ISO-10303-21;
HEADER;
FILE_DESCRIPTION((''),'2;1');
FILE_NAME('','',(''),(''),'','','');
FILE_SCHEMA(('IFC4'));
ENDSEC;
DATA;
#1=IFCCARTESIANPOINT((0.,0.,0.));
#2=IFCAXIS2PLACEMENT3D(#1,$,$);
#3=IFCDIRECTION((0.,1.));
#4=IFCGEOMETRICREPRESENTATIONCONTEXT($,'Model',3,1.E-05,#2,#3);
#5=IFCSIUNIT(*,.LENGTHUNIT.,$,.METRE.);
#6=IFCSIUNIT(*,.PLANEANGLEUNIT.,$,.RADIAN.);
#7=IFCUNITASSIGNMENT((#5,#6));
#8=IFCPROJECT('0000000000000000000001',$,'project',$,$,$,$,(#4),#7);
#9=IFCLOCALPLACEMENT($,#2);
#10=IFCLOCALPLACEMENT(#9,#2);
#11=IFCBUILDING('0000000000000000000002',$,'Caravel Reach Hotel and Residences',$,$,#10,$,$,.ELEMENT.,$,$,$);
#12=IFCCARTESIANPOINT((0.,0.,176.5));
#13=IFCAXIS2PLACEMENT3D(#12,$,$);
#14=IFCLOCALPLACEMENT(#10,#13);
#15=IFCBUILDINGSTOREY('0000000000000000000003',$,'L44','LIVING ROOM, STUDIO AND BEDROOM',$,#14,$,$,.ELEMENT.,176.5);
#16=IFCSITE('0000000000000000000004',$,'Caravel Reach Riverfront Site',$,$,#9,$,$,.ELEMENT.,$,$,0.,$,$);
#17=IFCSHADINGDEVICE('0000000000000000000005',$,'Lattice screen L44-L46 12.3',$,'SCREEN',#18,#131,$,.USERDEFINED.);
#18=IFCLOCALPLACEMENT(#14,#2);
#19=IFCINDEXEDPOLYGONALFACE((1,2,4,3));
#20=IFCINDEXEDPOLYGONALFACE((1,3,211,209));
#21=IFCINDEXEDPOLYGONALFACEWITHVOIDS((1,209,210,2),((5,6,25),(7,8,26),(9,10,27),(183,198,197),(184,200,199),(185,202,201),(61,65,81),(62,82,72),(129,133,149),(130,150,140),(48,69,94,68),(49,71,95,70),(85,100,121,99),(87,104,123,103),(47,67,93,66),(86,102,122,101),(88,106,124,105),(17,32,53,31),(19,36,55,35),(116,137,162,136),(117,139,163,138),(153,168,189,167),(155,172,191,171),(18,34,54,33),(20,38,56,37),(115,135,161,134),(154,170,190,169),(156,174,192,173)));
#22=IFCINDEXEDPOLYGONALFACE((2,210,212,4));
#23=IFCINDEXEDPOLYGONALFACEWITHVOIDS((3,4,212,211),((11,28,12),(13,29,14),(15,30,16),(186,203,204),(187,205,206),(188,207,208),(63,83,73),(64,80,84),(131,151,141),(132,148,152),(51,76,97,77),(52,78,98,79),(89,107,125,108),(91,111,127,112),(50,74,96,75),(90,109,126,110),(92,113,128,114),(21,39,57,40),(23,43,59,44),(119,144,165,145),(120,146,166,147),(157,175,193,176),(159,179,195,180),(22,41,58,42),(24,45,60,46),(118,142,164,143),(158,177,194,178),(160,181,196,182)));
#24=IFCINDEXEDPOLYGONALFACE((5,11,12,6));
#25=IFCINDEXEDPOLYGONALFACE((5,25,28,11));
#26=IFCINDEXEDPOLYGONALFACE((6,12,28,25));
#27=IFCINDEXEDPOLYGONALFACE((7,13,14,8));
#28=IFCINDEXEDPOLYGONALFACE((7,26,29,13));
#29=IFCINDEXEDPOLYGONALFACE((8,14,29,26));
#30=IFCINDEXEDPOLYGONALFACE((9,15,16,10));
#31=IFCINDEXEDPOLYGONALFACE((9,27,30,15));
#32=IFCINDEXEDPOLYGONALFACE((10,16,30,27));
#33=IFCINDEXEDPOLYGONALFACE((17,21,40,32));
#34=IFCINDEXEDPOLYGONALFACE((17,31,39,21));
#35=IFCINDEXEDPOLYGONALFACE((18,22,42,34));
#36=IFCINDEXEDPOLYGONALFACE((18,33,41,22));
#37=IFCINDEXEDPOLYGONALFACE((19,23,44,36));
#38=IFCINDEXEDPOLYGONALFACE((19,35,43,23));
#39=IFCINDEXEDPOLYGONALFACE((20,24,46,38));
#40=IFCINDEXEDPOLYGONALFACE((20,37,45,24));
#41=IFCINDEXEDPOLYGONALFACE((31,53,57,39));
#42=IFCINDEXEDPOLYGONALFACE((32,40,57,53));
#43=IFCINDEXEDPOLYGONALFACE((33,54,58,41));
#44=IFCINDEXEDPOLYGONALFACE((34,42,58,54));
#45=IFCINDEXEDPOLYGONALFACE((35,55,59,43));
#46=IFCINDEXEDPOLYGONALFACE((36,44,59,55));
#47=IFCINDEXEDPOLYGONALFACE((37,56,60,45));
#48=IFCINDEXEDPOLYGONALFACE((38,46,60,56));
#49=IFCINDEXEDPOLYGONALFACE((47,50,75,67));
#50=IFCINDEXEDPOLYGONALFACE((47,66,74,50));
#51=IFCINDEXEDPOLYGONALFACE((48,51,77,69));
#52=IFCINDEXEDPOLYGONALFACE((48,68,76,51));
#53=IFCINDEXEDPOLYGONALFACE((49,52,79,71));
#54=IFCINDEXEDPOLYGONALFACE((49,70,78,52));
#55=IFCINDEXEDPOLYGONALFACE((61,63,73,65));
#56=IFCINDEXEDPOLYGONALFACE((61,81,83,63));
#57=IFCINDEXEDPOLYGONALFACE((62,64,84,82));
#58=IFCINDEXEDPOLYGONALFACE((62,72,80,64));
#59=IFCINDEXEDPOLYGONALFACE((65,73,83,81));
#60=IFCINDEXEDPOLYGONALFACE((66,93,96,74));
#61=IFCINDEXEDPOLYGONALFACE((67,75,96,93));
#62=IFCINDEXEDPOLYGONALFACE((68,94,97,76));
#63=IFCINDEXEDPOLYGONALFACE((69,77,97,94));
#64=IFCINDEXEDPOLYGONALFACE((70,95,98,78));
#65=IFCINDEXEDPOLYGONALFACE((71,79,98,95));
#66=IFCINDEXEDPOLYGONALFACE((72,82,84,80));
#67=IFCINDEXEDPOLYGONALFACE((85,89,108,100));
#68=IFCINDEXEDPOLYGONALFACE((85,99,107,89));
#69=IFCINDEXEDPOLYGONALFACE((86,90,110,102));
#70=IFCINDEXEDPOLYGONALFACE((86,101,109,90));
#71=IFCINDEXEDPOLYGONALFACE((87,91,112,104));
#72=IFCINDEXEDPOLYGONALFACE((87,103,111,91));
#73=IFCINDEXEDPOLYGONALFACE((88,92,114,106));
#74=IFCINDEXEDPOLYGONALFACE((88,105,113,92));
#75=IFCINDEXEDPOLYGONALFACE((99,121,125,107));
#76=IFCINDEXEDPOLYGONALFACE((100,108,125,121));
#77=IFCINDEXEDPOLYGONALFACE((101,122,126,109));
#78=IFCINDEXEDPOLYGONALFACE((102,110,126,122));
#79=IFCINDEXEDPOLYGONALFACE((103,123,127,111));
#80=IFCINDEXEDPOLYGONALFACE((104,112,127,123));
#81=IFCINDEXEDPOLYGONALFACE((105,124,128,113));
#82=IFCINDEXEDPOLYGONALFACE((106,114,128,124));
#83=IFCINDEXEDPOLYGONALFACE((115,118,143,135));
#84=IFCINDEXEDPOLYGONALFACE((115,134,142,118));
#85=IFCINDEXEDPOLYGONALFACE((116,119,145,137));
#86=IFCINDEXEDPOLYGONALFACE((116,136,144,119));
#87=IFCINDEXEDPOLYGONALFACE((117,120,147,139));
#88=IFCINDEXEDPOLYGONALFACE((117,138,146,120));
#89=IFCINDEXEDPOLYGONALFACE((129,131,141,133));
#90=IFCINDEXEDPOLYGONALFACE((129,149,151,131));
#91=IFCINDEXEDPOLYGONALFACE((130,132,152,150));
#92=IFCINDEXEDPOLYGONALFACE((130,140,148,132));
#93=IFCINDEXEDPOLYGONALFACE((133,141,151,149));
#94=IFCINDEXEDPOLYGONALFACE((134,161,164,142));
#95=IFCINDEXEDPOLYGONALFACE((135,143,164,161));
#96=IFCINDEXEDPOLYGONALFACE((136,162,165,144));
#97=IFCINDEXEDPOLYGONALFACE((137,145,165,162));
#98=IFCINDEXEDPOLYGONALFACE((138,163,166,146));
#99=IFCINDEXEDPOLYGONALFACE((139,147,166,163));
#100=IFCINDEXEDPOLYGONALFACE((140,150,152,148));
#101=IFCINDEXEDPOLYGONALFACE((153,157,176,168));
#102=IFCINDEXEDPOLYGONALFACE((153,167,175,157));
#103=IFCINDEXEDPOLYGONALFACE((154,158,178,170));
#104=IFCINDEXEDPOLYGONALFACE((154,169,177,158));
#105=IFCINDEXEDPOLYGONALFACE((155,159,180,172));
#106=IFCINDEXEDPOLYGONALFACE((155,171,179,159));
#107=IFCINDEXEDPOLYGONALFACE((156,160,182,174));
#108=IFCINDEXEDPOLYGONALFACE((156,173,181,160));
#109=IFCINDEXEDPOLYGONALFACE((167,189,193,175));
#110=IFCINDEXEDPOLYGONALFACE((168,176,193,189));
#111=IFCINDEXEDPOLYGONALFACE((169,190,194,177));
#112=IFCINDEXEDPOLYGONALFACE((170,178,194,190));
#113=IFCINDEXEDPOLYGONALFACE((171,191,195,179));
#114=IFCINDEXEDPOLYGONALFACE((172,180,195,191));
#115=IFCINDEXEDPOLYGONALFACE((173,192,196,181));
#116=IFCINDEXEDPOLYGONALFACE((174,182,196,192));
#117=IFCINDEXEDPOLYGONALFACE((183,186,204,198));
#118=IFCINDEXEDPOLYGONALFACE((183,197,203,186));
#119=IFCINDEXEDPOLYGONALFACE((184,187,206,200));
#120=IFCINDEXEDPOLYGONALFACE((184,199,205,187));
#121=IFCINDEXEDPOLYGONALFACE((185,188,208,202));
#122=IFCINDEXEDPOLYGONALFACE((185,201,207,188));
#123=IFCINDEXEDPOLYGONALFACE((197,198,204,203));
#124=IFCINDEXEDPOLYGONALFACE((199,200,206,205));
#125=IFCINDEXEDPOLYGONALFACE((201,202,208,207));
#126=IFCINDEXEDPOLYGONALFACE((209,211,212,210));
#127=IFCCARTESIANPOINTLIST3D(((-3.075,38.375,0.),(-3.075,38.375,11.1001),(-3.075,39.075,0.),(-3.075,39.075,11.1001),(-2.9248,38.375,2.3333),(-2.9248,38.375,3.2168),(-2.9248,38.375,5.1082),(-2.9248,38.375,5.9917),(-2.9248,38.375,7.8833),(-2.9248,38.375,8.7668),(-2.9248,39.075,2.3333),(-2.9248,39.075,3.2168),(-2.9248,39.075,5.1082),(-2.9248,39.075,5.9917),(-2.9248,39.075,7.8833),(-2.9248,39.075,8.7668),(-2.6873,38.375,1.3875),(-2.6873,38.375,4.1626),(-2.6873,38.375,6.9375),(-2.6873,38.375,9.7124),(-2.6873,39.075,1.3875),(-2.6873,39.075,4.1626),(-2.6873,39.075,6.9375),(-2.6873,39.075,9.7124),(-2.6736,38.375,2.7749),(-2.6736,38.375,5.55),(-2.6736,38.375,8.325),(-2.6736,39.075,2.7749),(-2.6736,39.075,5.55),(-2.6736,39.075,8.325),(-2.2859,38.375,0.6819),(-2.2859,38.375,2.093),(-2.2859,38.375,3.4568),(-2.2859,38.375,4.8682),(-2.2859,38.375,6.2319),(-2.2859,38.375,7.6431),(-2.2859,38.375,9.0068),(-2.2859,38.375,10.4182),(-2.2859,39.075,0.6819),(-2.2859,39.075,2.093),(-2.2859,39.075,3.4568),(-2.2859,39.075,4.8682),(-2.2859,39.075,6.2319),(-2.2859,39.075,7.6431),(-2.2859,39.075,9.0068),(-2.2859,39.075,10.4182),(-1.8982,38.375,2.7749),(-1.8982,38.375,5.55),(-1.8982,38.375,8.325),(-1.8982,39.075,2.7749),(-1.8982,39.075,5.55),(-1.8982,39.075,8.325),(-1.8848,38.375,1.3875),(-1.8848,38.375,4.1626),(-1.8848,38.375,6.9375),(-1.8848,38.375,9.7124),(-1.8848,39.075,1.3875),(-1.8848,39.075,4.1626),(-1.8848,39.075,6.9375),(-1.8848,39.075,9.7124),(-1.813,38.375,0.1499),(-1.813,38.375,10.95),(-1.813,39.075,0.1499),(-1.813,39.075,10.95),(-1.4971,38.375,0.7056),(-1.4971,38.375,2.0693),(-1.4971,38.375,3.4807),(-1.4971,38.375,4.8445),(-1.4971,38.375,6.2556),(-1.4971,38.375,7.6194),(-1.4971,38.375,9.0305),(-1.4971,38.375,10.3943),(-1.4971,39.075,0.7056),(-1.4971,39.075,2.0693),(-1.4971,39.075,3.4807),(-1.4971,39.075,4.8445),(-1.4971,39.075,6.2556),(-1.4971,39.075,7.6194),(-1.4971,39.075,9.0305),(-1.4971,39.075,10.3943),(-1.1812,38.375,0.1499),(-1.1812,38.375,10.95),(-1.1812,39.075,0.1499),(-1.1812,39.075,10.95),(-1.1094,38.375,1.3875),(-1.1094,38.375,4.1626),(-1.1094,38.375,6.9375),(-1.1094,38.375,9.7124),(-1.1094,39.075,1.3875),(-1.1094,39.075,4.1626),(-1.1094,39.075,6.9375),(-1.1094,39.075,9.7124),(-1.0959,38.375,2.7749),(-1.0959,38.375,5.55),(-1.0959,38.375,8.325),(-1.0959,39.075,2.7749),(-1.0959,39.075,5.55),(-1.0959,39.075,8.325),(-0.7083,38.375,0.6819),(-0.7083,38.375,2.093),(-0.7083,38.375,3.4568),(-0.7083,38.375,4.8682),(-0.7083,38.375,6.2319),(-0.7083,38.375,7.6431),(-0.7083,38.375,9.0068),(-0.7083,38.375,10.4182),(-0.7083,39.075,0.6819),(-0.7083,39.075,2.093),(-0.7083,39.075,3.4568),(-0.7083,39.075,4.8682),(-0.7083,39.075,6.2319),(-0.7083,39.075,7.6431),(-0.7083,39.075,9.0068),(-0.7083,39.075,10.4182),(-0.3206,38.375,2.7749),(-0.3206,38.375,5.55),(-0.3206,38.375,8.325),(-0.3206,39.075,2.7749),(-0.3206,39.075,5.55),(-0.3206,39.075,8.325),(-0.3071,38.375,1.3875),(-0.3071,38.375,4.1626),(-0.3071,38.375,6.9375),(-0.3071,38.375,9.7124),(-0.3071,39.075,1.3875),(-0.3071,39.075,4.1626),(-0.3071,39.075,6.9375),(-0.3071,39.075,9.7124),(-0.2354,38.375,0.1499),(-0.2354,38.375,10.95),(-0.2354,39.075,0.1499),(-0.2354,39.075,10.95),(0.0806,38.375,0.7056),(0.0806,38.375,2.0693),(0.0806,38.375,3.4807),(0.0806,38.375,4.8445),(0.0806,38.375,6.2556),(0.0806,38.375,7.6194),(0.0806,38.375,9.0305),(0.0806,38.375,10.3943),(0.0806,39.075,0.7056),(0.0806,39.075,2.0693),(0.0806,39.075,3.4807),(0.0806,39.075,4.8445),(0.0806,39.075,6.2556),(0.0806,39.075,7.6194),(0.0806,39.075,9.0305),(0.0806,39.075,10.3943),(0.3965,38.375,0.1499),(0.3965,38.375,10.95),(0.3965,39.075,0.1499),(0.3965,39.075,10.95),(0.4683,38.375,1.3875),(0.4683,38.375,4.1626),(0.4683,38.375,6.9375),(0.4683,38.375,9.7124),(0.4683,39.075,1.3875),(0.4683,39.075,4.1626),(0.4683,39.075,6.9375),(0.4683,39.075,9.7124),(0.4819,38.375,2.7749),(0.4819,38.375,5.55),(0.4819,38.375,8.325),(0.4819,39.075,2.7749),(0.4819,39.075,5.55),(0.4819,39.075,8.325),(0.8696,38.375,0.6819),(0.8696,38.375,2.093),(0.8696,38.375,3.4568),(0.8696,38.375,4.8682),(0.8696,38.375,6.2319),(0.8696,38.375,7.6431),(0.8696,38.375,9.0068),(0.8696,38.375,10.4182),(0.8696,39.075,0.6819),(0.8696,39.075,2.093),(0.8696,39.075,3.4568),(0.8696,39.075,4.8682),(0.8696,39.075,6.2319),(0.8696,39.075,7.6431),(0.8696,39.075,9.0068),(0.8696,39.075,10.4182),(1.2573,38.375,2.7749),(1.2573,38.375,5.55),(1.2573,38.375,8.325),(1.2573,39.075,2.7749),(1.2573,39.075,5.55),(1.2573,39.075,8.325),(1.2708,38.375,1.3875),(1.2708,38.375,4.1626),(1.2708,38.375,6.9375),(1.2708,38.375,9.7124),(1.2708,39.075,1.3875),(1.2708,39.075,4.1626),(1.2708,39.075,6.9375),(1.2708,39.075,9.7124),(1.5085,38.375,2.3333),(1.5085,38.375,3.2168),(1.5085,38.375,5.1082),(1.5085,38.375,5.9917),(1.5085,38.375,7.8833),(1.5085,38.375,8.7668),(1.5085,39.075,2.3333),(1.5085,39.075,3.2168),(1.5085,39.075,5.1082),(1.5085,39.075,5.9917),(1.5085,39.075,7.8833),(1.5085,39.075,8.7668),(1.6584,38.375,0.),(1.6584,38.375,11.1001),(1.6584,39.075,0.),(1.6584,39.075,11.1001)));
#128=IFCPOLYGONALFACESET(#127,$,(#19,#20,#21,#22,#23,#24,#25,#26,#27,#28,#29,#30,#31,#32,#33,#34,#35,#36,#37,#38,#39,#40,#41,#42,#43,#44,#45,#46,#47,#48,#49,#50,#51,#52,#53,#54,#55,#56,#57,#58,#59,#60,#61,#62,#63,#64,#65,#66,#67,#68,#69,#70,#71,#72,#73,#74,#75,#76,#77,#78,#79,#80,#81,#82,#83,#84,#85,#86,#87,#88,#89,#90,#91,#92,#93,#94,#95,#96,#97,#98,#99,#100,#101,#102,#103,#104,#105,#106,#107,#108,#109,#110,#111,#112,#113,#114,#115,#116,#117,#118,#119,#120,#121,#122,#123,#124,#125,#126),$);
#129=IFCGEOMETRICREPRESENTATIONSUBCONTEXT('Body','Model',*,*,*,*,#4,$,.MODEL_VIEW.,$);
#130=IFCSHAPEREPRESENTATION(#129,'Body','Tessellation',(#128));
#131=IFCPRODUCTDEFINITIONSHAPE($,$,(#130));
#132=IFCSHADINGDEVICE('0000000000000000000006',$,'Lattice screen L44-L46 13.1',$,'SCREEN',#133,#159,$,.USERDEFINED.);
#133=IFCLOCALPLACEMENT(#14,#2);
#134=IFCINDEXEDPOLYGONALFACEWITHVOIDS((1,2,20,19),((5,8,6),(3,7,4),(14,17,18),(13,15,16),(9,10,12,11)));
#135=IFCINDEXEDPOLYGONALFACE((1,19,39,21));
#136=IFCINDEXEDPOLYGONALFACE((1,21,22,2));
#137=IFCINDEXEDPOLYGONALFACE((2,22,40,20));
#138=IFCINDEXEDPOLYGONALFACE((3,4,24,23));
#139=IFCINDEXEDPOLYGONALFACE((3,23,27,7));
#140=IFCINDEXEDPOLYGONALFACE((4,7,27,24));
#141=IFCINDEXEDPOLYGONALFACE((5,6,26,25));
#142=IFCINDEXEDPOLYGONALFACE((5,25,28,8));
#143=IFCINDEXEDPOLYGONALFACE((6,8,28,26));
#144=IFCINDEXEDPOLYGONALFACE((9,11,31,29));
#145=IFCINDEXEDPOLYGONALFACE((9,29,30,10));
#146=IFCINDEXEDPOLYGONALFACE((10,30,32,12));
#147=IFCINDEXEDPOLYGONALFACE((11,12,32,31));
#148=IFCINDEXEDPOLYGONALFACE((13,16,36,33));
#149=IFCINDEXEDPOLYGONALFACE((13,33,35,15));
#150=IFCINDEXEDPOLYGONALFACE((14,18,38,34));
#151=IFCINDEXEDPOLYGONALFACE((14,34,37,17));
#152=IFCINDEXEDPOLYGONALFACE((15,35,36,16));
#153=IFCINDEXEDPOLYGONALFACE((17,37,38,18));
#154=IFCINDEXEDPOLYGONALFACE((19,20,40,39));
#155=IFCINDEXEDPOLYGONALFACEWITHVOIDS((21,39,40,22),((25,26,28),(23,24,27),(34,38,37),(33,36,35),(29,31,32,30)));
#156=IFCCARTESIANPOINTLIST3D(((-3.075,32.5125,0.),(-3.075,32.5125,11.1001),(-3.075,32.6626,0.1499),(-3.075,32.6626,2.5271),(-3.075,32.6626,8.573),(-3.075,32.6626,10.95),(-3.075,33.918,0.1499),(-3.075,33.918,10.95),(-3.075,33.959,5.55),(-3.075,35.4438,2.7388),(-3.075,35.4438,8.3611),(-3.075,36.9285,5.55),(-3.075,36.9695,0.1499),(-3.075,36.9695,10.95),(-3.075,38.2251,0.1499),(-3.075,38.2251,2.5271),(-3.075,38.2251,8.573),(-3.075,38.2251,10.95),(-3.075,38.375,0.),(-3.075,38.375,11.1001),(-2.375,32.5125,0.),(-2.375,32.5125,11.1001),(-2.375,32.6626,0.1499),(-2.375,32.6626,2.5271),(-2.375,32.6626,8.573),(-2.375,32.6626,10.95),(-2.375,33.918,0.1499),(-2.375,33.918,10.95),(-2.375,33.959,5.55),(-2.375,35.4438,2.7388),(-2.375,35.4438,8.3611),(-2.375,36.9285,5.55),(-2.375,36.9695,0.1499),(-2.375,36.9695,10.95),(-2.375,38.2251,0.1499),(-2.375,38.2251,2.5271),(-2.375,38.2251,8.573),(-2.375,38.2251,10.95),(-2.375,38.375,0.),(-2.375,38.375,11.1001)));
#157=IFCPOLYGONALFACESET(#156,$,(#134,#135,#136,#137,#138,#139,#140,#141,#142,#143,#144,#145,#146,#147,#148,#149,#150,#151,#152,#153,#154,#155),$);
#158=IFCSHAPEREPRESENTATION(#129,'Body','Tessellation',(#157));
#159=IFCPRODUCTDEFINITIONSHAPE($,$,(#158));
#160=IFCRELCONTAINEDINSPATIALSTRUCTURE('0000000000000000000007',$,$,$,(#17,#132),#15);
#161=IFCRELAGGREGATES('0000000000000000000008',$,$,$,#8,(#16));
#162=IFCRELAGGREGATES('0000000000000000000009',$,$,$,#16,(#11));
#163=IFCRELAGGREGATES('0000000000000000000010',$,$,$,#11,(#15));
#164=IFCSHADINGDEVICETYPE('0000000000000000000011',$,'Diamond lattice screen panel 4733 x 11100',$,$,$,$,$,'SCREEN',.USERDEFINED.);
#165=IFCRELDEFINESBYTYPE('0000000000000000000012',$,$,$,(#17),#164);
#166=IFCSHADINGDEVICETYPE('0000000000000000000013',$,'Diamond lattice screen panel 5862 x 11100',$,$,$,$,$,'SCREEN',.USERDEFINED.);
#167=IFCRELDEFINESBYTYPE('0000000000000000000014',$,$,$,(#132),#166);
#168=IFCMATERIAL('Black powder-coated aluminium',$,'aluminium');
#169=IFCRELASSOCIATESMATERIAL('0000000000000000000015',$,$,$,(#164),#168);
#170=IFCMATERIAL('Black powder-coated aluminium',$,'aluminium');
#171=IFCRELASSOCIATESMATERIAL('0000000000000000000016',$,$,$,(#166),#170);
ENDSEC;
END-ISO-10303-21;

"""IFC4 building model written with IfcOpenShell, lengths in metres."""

from ifc_helpers import new_model, si_unit, direction, frame, origin, place, context, subcontext, project, spatial, polyline, outline, extrude, material, type_object, element, save


model = new_model("IFC4")

# Units and contexts
model_context = context("Model", 3, precision=1e-05, world=origin(), true_north=direction((0.0, 1.0)))
body_context = subcontext(model_context, "Body", "Model", "MODEL_VIEW")
ifc_project = project(units=[si_unit("LENGTHUNIT", "METRE"), si_unit("PLANEANGLEUNIT", "RADIAN")], contexts=[model_context])

# Site, building, storey
site_placement = place(None, origin())
site = spatial("IfcSite", under=ifc_project, at=site_placement, Name="Caravel Reach Riverfront Site", CompositionType="ELEMENT", RefElevation=0.0)
building_placement = place(site_placement, origin())
building = spatial("IfcBuilding", under=site, at=building_placement, Name="Caravel Reach Hotel and Residences", CompositionType="ELEMENT")
storey_placement = place(building_placement, frame((0.0, 0.0, 176.5)))
storey = spatial("IfcBuildingStorey", under=building, at=storey_placement, Name="L44", Description="LIVING ROOM, STUDIO AND BEDROOM", CompositionType="ELEMENT", Elevation=176.5)

# Shading devices
ifc_material_1 = material(Name="Black powder-coated aluminium", Category="aluminium")
shading_device_type_1 = type_object("IfcShadingDeviceType", Name="Diamond lattice screen panel 4733 x 11100", ElementType="SCREEN", PredefinedType="USERDEFINED", material=ifc_material_1)
shading_device_1_placement = place(storey_placement, frame((1.6584, 38.375, 0.0), z_axis=(0.0, 1.0, 0.0), x_axis=(-1.0, 0.0, 0.0)))
element("IfcShadingDevice", 1, at=shading_device_1_placement, inside=storey, type_object=shading_device_type_1, Name="Lattice screen L44-L46 12.3", ObjectType="SCREEN", PredefinedType="USERDEFINED", context=body_context, shape_type="SweptSolid", body=[
    extrude(outline(polyline([(0.0, 0.0), (4.7334, 0.0), (4.7334, 11.1001), (0.0, 11.1001), (0.0, 0.0)]), holes=[polyline([(0.4011, 2.7749), (0.1499, 3.2168), (0.1499, 2.3333), (0.4011, 2.7749)]), polyline([(0.4011, 5.55), (0.1499, 5.9917), (0.1499, 5.1082), (0.4011, 5.55)]), polyline([(0.4011, 8.325), (0.1499, 8.7668), (0.1499, 7.8833), (0.4011, 8.325)]), polyline([(0.7888, 2.093), (0.3877, 1.3875), (0.7888, 0.6819), (1.1902, 1.3875), (0.7888, 2.093)]), polyline([(0.7888, 4.8682), (0.3877, 4.1626), (0.7888, 3.4568), (1.1902, 4.1626), (0.7888, 4.8682)]), polyline([(0.7888, 7.6431), (0.3877, 6.9375), (0.7888, 6.2319), (1.1902, 6.9375), (0.7888, 7.6431)]), polyline([(0.7888, 10.4182), (0.3877, 9.7124), (0.7888, 9.0068), (1.1902, 9.7124), (0.7888, 10.4182)]), polyline([(1.5779, 0.7056), (1.262, 0.1499), (1.8938, 0.1499), (1.5779, 0.7056)]), polyline([(1.5779, 3.4807), (1.1765, 2.7749), (1.5779, 2.0693), (1.979, 2.7749), (1.5779, 3.4807)]), polyline([(1.5779, 6.2556), (1.1765, 5.55), (1.5779, 4.8445), (1.979, 5.55), (1.5779, 6.2556)]), polyline([(1.5779, 9.0305), (1.1765, 8.325), (1.5779, 7.6194), (1.979, 8.325), (1.5779, 9.0305)]), polyline([(1.5779, 10.3943), (1.8938, 10.95), (1.262, 10.95), (1.5779, 10.3943)]), polyline([(2.3667, 2.093), (1.9656, 1.3875), (2.3667, 0.6819), (2.7678, 1.3875), (2.3667, 2.093)]), polyline([(2.3667, 4.8682), (1.9656, 4.1626), (2.3667, 3.4568), (2.7678, 4.1626), (2.3667, 4.8682)]), polyline([(2.3667, 7.6431), (1.9656, 6.9375), (2.3667, 6.2319), (2.7678, 6.9375), (2.3667, 7.6431)]), polyline([(2.3667, 10.4182), (1.9656, 9.7124), (2.3667, 9.0068), (2.7678, 9.7124), (2.3667, 10.4182)]), polyline([(3.1555, 0.7056), (2.8396, 0.1499), (3.4714, 0.1499), (3.1555, 0.7056)]), polyline([(3.1555, 3.4807), (2.7544, 2.7749), (3.1555, 2.0693), (3.5566, 2.7749), (3.1555, 3.4807)]), polyline([(3.1555, 6.2556), (2.7544, 5.55), (3.1555, 4.8445), (3.5566, 5.55), (3.1555, 6.2556)]), polyline([(3.1555, 9.0305), (2.7544, 8.325), (3.1555, 7.6194), (3.5566, 8.325), (3.1555, 9.0305)]), polyline([(3.1555, 10.3943), (3.4714, 10.95), (2.8396, 10.95), (3.1555, 10.3943)]), polyline([(3.9443, 2.093), (3.5432, 1.3875), (3.9443, 0.6819), (4.3457, 1.3875), (3.9443, 2.093)]), polyline([(3.9443, 4.8682), (3.5432, 4.1626), (3.9443, 3.4568), (4.3457, 4.1626), (3.9443, 4.8682)]), polyline([(3.9443, 7.6431), (3.5432, 6.9375), (3.9443, 6.2319), (4.3457, 6.9375), (3.9443, 7.6431)]), polyline([(3.9443, 10.4182), (3.5432, 9.7124), (3.9443, 9.0068), (4.3457, 9.7124), (3.9443, 10.4182)]), polyline([(4.332, 2.7749), (4.5833, 2.3333), (4.5833, 3.2168), (4.332, 2.7749)]), polyline([(4.332, 5.55), (4.5833, 5.1082), (4.5833, 5.9917), (4.332, 5.55)]), polyline([(4.332, 8.325), (4.5833, 7.8833), (4.5833, 8.7668), (4.332, 8.325)])]), origin(), (0.0, 0.0, 1.0), 0.7),
])
ifc_material_2 = material(Name="Black powder-coated aluminium", Category="aluminium")
shading_device_type_2 = type_object("IfcShadingDeviceType", Name="Diamond lattice screen panel 5862 x 11100", ElementType="SCREEN", PredefinedType="USERDEFINED", material=ifc_material_2)
for number, where, z_axis, x_axis, name in (
    (2, (-2.375, 38.375, 0.0), (-1.0, 0.0, 0.0), (0.0, -1.0, 0.0), "Lattice screen L44-L46 13.1"),
):
    element("IfcShadingDevice", number, at=place(storey_placement, frame(where, z_axis=z_axis, x_axis=x_axis)), inside=storey, type_object=shading_device_type_2, Name=name, ObjectType="SCREEN", PredefinedType="USERDEFINED", context=body_context, shape_type="SweptSolid", body=[
        extrude(outline(polyline([(0.0, 0.0), (5.8625, 0.0), (5.8625, 11.1001), (0.0, 11.1001), (0.0, 0.0)]), holes=[polyline([(1.4055, 0.1499), (0.1499, 2.5271), (0.1499, 0.1499), (1.4055, 0.1499)]), polyline([(0.1499, 8.573), (1.4055, 10.95), (0.1499, 10.95), (0.1499, 8.573)]), polyline([(2.9312, 8.3611), (1.4465, 5.55), (2.9312, 2.7388), (4.416, 5.55), (2.9312, 8.3611)]), polyline([(5.7124, 2.5271), (4.457, 0.1499), (5.7124, 0.1499), (5.7124, 2.5271)]), polyline([(4.457, 10.95), (5.7124, 8.573), (5.7124, 10.95), (4.457, 10.95)])]), origin(), (0.0, 0.0, 1.0), 0.7),
    ])

save(model, "model.ifc")
